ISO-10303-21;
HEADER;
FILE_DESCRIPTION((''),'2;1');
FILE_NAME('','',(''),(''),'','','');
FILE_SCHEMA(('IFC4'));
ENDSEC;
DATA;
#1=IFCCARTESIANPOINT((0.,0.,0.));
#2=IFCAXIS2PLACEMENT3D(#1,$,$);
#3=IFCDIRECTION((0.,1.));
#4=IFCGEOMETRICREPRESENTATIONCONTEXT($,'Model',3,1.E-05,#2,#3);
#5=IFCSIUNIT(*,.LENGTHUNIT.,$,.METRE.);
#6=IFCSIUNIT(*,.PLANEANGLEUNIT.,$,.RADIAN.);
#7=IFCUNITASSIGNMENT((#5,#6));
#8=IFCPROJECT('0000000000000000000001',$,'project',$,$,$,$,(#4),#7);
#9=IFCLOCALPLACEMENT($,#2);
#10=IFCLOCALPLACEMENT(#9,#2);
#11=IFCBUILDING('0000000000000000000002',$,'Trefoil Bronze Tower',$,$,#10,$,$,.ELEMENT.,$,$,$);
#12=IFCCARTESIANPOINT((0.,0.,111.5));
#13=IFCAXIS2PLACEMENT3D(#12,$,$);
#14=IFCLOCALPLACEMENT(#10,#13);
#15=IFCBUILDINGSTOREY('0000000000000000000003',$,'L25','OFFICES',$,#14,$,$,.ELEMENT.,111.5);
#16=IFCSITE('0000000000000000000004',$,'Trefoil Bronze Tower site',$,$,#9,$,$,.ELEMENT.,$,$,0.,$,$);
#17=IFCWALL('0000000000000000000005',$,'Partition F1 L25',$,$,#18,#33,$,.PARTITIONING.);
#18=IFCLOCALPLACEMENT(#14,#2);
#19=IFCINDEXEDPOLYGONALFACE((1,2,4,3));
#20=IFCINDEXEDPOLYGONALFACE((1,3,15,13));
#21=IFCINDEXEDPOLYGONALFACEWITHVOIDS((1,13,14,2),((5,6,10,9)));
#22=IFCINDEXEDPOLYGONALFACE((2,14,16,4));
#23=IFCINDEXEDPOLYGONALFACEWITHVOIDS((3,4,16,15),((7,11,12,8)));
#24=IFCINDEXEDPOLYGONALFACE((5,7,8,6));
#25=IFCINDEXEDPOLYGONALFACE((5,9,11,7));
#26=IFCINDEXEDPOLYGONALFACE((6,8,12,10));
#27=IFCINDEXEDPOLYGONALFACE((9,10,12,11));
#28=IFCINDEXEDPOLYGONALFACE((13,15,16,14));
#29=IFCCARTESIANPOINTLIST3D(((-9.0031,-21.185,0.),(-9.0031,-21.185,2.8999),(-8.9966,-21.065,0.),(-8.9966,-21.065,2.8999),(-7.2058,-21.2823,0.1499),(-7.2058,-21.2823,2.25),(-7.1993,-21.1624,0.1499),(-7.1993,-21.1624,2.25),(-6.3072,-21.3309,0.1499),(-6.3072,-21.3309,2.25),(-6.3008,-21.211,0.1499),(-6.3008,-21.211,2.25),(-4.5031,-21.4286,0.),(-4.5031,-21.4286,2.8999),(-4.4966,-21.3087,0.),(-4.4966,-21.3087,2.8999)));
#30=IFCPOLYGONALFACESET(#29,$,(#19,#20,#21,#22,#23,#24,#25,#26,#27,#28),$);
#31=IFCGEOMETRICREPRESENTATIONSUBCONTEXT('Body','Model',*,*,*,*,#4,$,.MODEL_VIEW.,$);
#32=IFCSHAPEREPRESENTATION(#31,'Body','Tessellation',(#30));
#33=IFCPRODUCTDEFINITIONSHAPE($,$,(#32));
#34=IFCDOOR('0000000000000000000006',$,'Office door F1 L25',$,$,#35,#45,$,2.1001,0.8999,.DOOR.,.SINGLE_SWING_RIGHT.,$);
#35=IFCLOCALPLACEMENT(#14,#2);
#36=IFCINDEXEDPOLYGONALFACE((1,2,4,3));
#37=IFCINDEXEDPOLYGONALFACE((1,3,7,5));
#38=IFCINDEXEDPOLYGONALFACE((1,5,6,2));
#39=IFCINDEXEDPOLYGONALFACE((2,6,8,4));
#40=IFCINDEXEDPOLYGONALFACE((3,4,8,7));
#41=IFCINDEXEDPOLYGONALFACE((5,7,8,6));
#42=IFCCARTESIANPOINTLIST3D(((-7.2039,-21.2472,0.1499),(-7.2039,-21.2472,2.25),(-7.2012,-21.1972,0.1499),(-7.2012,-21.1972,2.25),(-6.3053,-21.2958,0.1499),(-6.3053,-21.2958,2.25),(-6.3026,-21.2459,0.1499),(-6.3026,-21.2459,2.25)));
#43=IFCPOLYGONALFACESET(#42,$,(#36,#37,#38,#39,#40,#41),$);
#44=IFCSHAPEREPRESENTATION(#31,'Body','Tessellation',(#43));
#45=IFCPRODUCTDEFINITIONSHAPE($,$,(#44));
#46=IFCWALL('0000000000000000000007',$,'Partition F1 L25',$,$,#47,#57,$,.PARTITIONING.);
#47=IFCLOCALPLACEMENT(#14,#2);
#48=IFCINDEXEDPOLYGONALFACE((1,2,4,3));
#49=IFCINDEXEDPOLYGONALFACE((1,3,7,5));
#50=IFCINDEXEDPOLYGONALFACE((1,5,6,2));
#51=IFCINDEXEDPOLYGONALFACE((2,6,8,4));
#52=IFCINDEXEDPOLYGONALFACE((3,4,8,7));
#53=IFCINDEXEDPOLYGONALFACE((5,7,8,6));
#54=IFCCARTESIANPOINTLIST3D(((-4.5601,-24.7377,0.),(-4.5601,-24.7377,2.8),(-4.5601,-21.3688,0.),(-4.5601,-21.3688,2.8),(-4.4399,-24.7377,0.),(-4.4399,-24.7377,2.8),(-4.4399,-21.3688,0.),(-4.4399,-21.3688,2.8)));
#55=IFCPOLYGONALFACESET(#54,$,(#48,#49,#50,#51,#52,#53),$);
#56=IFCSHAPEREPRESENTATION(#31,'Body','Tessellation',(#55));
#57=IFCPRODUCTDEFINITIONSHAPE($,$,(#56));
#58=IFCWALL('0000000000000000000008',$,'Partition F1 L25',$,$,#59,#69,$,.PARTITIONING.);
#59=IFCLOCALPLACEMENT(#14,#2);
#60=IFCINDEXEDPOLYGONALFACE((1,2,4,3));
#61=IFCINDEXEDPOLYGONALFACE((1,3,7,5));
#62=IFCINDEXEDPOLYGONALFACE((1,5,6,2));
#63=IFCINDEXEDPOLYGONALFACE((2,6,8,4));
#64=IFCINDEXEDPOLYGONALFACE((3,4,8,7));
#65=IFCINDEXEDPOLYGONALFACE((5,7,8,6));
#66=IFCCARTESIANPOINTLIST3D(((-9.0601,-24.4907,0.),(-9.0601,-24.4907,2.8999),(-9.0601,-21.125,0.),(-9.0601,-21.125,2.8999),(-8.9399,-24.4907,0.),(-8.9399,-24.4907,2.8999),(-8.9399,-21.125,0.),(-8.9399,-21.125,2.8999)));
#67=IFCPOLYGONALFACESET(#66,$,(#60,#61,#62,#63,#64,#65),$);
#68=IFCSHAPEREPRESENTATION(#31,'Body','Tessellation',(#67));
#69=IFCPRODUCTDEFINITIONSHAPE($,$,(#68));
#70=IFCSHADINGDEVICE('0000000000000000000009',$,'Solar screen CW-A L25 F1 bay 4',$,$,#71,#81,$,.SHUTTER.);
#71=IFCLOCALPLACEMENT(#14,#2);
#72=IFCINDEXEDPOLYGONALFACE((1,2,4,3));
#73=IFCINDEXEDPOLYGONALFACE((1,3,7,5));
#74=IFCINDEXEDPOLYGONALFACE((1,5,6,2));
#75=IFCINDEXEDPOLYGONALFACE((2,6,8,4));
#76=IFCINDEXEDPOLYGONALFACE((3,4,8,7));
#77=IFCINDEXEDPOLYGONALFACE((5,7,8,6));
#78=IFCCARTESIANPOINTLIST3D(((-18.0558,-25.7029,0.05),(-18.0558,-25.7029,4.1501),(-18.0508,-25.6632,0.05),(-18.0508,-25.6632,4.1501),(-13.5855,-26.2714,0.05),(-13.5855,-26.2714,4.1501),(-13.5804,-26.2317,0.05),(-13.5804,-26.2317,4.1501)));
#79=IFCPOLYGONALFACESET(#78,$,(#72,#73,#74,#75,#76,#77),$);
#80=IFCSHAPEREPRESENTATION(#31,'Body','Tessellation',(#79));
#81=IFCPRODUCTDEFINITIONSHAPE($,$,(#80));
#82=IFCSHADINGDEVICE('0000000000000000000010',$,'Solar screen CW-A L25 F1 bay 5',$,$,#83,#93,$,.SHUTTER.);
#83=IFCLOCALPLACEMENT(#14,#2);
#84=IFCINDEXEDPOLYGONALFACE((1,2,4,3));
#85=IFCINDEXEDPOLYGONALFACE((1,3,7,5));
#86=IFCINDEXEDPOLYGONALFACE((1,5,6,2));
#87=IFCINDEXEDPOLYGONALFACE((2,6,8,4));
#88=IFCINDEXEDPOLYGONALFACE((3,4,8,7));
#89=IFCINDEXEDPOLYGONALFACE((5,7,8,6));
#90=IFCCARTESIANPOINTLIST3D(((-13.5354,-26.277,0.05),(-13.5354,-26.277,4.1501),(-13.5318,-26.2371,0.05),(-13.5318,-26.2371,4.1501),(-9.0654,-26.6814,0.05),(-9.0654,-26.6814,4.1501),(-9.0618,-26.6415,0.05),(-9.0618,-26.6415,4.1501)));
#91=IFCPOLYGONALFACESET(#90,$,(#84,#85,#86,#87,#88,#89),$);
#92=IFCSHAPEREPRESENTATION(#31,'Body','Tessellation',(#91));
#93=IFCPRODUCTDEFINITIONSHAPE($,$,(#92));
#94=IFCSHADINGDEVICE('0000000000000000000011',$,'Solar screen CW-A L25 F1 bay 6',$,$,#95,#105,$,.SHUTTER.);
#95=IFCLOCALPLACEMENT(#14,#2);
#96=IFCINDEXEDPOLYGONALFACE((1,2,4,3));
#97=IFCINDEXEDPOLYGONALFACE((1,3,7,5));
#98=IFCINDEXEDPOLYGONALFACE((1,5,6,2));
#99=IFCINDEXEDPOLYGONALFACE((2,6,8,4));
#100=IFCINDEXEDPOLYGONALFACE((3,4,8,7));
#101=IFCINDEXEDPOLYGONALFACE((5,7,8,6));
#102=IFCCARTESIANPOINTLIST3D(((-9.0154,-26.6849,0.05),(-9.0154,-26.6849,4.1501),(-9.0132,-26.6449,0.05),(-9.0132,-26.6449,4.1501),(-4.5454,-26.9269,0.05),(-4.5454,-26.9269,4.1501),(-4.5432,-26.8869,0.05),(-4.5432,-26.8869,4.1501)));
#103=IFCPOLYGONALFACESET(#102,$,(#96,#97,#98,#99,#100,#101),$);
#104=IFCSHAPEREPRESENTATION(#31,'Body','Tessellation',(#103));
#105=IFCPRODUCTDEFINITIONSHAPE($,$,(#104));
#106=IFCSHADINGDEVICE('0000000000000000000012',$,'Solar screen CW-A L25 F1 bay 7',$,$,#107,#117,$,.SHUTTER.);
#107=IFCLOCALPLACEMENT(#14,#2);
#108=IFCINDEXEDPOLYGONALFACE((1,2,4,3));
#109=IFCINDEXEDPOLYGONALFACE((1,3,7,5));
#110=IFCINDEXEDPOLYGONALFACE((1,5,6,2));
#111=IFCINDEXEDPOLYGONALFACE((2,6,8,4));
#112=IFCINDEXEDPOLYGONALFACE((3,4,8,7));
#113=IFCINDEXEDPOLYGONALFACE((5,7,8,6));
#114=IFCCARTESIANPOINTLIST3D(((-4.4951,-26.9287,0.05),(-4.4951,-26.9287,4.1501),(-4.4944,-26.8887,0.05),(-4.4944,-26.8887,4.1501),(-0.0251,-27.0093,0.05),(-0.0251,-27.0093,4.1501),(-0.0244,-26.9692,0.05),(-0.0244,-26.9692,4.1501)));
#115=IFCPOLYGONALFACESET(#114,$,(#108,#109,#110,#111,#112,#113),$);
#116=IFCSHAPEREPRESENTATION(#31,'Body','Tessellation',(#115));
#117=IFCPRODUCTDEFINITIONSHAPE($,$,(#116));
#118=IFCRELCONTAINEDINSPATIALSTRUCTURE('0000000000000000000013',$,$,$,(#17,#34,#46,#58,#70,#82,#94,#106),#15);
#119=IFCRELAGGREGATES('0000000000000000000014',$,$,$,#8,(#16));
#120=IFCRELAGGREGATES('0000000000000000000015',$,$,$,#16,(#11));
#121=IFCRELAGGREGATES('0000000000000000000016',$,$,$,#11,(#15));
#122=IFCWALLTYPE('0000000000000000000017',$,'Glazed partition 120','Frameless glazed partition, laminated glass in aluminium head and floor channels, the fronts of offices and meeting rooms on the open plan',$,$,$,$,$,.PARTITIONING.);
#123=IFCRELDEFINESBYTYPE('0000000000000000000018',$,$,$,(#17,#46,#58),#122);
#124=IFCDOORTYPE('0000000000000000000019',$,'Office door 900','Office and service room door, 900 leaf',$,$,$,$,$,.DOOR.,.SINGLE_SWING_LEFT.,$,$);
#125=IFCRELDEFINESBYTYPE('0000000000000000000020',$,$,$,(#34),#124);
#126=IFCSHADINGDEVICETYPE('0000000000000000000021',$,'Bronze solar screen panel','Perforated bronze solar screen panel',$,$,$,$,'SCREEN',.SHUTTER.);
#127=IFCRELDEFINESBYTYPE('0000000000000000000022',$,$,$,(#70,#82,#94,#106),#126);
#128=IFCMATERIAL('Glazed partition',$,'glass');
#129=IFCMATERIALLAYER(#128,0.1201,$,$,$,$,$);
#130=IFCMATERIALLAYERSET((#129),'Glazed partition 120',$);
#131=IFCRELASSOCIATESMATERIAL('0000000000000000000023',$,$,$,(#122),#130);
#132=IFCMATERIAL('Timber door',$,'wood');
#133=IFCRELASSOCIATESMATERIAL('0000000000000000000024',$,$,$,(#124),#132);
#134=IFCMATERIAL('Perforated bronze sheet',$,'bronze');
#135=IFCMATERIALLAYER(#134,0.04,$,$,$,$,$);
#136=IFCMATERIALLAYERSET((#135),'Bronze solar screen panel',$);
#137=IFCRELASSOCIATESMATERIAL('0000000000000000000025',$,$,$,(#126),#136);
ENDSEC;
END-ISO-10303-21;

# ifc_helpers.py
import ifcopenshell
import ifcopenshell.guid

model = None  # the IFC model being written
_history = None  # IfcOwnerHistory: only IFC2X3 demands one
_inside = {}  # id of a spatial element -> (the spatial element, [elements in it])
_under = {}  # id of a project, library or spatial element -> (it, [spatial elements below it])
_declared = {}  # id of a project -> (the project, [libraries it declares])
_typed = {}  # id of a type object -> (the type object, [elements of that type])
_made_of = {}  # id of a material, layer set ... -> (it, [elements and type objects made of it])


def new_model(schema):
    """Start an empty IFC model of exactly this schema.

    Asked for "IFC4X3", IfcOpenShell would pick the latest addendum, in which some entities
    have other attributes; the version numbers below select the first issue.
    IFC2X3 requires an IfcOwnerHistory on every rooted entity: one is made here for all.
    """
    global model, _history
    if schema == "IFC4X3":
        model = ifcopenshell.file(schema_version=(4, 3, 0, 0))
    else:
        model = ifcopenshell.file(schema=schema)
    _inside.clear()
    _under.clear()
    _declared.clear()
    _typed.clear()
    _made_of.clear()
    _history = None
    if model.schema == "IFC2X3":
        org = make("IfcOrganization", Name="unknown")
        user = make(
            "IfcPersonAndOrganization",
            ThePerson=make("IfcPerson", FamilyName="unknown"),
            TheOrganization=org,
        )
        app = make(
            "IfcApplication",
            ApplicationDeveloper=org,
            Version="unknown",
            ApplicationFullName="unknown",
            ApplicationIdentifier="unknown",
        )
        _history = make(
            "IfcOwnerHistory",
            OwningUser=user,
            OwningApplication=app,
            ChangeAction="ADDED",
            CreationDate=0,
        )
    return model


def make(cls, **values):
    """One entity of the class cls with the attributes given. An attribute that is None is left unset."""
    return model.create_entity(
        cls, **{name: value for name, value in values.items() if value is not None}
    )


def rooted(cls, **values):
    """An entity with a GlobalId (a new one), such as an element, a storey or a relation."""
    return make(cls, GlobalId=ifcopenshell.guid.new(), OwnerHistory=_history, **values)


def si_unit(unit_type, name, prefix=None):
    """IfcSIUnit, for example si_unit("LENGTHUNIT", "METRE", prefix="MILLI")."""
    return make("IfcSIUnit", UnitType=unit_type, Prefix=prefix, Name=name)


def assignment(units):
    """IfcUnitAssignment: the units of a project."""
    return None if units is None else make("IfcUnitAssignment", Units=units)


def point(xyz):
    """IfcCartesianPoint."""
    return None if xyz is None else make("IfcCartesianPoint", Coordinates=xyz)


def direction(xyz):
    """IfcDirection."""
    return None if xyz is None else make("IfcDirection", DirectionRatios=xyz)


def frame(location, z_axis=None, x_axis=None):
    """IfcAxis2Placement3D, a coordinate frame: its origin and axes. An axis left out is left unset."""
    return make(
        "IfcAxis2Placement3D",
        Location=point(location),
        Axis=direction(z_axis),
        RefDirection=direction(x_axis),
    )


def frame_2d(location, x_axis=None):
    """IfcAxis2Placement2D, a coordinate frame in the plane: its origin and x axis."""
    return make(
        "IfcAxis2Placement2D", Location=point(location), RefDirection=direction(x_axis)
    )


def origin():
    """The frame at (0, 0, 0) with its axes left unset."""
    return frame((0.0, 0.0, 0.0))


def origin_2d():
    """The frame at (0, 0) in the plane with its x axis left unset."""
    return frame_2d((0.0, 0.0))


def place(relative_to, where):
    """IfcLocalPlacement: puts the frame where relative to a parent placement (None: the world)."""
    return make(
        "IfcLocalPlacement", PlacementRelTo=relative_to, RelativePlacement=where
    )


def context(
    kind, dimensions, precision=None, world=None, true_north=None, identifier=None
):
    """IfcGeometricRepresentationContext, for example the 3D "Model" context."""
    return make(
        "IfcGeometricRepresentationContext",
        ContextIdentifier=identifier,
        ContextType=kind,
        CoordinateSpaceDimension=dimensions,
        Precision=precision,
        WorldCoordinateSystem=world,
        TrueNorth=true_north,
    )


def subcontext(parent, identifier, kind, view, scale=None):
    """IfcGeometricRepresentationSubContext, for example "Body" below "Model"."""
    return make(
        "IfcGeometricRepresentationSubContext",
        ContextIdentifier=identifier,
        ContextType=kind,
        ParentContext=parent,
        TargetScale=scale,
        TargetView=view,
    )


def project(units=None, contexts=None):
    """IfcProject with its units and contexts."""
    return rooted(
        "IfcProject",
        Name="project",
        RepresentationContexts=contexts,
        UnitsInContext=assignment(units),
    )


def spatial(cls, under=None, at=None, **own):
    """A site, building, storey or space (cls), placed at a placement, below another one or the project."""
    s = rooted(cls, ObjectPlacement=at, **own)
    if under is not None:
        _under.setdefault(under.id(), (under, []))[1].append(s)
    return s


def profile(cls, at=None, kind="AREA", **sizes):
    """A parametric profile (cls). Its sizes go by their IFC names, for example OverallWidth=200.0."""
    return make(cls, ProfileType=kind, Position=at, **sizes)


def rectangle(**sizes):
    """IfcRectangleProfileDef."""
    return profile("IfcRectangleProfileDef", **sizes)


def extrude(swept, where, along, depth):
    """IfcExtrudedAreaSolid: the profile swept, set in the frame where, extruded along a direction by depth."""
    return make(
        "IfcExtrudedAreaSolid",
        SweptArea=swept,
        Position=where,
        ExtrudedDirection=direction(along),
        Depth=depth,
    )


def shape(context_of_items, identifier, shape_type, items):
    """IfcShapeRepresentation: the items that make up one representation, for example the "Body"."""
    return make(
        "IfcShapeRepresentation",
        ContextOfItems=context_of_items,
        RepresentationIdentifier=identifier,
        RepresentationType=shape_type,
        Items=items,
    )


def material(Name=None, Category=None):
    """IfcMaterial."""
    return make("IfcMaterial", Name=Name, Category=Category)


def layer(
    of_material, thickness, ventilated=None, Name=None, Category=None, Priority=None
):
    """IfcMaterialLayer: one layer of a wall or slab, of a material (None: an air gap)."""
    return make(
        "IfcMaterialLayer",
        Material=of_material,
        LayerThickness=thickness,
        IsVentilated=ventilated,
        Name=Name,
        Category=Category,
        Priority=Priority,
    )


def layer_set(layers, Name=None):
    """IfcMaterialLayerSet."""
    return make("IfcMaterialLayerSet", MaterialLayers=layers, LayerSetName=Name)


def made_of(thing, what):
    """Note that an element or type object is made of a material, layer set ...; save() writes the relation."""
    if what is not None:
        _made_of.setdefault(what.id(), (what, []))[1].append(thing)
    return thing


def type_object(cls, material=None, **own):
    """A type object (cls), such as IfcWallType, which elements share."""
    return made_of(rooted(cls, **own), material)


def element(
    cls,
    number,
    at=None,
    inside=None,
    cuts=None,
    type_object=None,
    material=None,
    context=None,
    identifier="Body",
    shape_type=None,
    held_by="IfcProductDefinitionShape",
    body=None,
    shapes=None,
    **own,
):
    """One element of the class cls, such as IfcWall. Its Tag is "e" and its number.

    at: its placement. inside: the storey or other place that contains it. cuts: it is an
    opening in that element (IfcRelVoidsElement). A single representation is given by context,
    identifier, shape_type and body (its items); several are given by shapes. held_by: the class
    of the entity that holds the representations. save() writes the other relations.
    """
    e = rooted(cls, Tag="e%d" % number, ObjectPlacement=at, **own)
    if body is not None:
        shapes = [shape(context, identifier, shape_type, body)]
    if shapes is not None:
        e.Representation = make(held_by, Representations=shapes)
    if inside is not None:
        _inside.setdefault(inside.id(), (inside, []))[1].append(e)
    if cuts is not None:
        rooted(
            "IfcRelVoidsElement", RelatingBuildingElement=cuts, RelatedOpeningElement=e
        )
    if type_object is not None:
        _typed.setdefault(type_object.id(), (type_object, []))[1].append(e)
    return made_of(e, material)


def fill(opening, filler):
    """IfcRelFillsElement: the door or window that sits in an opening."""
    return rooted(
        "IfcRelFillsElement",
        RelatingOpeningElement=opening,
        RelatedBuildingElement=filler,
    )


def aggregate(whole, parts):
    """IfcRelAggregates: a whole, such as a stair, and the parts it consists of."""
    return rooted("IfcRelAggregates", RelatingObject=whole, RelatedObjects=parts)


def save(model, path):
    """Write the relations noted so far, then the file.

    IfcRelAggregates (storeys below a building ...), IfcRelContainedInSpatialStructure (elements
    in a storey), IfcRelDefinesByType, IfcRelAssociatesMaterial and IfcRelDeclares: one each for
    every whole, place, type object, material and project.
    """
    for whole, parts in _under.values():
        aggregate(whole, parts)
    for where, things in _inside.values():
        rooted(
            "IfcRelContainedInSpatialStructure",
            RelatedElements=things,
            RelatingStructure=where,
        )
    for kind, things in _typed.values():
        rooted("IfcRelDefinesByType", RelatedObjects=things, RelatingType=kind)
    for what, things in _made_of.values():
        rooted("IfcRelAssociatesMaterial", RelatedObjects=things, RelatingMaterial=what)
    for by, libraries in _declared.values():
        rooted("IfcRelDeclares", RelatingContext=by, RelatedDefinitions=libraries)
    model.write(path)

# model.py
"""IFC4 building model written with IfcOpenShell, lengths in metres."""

from ifc_helpers import new_model, si_unit, direction, frame, frame_2d, origin, origin_2d, place, context, subcontext, project, spatial, rectangle, extrude, material, layer, layer_set, type_object, element, fill, save


model = new_model("IFC4")

# Units and contexts
model_context = context("Model", 3, precision=1e-05, world=origin(), true_north=direction((0.0, 1.0)))
body_context = subcontext(model_context, "Body", "Model", "MODEL_VIEW")
ifc_project = project(units=[si_unit("LENGTHUNIT", "METRE"), si_unit("PLANEANGLEUNIT", "RADIAN")], contexts=[model_context])

# Site, building, storey
site_placement = place(None, origin())
site = spatial("IfcSite", under=ifc_project, at=site_placement, Name="Trefoil Bronze Tower site", CompositionType="ELEMENT", RefElevation=0.0)
building_placement = place(site_placement, origin())
building = spatial("IfcBuilding", under=site, at=building_placement, Name="Trefoil Bronze Tower", CompositionType="ELEMENT")
storey_placement = place(building_placement, frame((0.0, 0.0, 111.5)))
storey = spatial("IfcBuildingStorey", under=building, at=storey_placement, Name="L25", Description="OFFICES", CompositionType="ELEMENT", Elevation=111.5)

# Wall, opening, door
ifc_material_1 = material(Name="Glazed partition", Category="glass")
ifc_layer_1 = layer(ifc_material_1, 0.1201)
ifc_layer_set_1 = layer_set([ifc_layer_1], Name="Glazed partition 120")
wall_type = type_object("IfcWallType", Name="Glazed partition 120", Description="Frameless glazed partition, laminated glass in aluminium head and floor channels, the fronts of offices and meeting rooms on the open plan", PredefinedType="PARTITIONING", material=ifc_layer_set_1)
ifc_material_2 = material(Name="Timber door", Category="wood")
door_type = type_object("IfcDoorType", Name="Office door 900", Description="Office and service room door, 900 leaf", OperationType="SINGLE_SWING_LEFT", PredefinedType="DOOR", material=ifc_material_2)
wall_1_placement = place(storey_placement, frame((-9.0, -21.125, 0.0), z_axis=(0.0, 0.0, 1.0), x_axis=(0.998537, -0.054066, 0.0)))
wall_1 = element("IfcWall", 1, at=wall_1_placement, inside=storey, type_object=wall_type, Name="Partition F1 L25", PredefinedType="PARTITIONING", context=body_context, shape_type="SweptSolid", body=[
    extrude(rectangle(XDim=4.5066, YDim=0.1201, at=frame_2d((2.2534, 0.0))), origin(), (0.0, 0.0, 1.0), 2.8999),
])
opening_1_placement = place(wall_1_placement, frame((1.8, 0.0, 0.1499)))
opening_1 = element("IfcOpeningElement", 2, at=opening_1_placement, cuts=wall_1, PredefinedType="OPENING", context=body_context, shape_type="SweptSolid", body=[
    extrude(rectangle(XDim=0.8999, YDim=2.1001, at=frame_2d((0.45, 1.05))), frame((0.0, 0.0701, 0.0), z_axis=(0.0, -1.0, 0.0), x_axis=(1.0, 0.0, 0.0)), (0.0, 0.0, 1.0), 0.1401),
])
door_1_placement = place(opening_1_placement, frame((0.8999, 0.0, 0.0), z_axis=(0.0, 0.0, 1.0), x_axis=(-1.0, 0.0, 0.0)))
door_1 = element("IfcDoor", 3, at=door_1_placement, inside=storey, type_object=door_type, Name="Office door F1 L25", OperationType="SINGLE_SWING_RIGHT", OverallHeight=2.1001, OverallWidth=0.8999, PredefinedType="DOOR", context=body_context, shape_type="SweptSolid", body=[
    extrude(rectangle(XDim=0.8999, YDim=2.1001, at=frame_2d((0.45, 1.05))), frame((0.0, 0.0249, 0.0), z_axis=(0.0, -1.0, 0.0), x_axis=(1.0, 0.0, 0.0)), (0.0, 0.0, 1.0), 0.05),
])
fill(opening_1, door_1)

# Walls
wall_2_placement = place(storey_placement, frame((-4.5, -21.3687, 0.0), z_axis=(0.0, 0.0, 1.0), x_axis=(0.0, -1.0, 0.0)))
element("IfcWall", 4, at=wall_2_placement, inside=storey, type_object=wall_type, Name="Partition F1 L25", PredefinedType="PARTITIONING", context=body_context, shape_type="SweptSolid", body=[
    extrude(rectangle(XDim=3.3689, YDim=0.1201, at=frame_2d((1.6846, 0.0))), origin(), (0.0, 0.0, 1.0), 2.8),
])
wall_3_placement = place(storey_placement, frame((-9.0, -21.125, 0.0), z_axis=(0.0, 0.0, 1.0), x_axis=(0.0, -1.0, 0.0)))
element("IfcWall", 5, at=wall_3_placement, inside=storey, type_object=wall_type, Name="Partition F1 L25", PredefinedType="PARTITIONING", context=body_context, shape_type="SweptSolid", body=[
    extrude(rectangle(XDim=3.3657, YDim=0.1201, at=frame_2d((1.6829, 0.0))), origin(), (0.0, 0.0, 1.0), 2.8999),
])

# Shading devices
ifc_material_3 = material(Name="Perforated bronze sheet", Category="bronze")
ifc_layer_2 = layer(ifc_material_3, 0.04)
ifc_layer_set_2 = layer_set([ifc_layer_2], Name="Bronze solar screen panel")
shading_device_type = type_object("IfcShadingDeviceType", Name="Bronze solar screen panel", Description="Perforated bronze solar screen panel", ElementType="SCREEN", PredefinedType="SHUTTER", material=ifc_layer_set_2)
shading_device_1_placement = place(storey_placement, frame((-15.8181, -25.9673, 0.05), z_axis=(0.0, 0.0, 1.0), x_axis=(0.992012, -0.126147, 0.0)))
element("IfcShadingDevice", 6, at=shading_device_1_placement, inside=storey, type_object=shading_device_type, Name="Solar screen CW-A L25 F1 bay 4", PredefinedType="SHUTTER", context=body_context, shape_type="SweptSolid", body=[
    extrude(rectangle(XDim=4.5063, YDim=0.04, at=origin_2d()), origin(), (0.0, 0.0, 1.0), 4.1001),
])
shading_device_2_placement = place(storey_placement, frame((-11.2986, -26.4592, 0.05), z_axis=(0.0, 0.0, 1.0), x_axis=(0.995932, -0.090105, 0.0)))
element("IfcShadingDevice", 7, at=shading_device_2_placement, inside=storey, type_object=shading_device_type, Name="Solar screen CW-A L25 F1 bay 5", PredefinedType="SHUTTER", context=body_context, shape_type="SweptSolid", body=[
    extrude(rectangle(XDim=4.4883, YDim=0.04, at=origin_2d()), origin(), (0.0, 0.0, 1.0), 4.1001),
])
shading_device_3_placement = place(storey_placement, frame((-6.7793, -26.7859, 0.05), z_axis=(0.0, 0.0, 1.0), x_axis=(0.998538, -0.054063, 0.0)))
element("IfcShadingDevice", 8, at=shading_device_3_placement, inside=storey, type_object=shading_device_type, Name="Solar screen CW-A L25 F1 bay 6", PredefinedType="SHUTTER", context=body_context, shape_type="SweptSolid", body=[
    extrude(rectangle(XDim=4.4766, YDim=0.04, at=origin_2d()), origin(), (0.0, 0.0, 1.0), 4.1001),
])
shading_device_4_placement = place(storey_placement, frame((-2.2598, -26.949, 0.05), z_axis=(0.0, 0.0, 1.0), x_axis=(0.999838, -0.018021, 0.0)))
element("IfcShadingDevice", 9, at=shading_device_4_placement, inside=storey, type_object=shading_device_type, Name="Solar screen CW-A L25 F1 bay 7", PredefinedType="SHUTTER", context=body_context, shape_type="SweptSolid", body=[
    extrude(rectangle(XDim=4.4707, YDim=0.04, at=origin_2d()), origin(), (0.0, 0.0, 1.0), 4.1001),
])

save(model, "model.ifc")
